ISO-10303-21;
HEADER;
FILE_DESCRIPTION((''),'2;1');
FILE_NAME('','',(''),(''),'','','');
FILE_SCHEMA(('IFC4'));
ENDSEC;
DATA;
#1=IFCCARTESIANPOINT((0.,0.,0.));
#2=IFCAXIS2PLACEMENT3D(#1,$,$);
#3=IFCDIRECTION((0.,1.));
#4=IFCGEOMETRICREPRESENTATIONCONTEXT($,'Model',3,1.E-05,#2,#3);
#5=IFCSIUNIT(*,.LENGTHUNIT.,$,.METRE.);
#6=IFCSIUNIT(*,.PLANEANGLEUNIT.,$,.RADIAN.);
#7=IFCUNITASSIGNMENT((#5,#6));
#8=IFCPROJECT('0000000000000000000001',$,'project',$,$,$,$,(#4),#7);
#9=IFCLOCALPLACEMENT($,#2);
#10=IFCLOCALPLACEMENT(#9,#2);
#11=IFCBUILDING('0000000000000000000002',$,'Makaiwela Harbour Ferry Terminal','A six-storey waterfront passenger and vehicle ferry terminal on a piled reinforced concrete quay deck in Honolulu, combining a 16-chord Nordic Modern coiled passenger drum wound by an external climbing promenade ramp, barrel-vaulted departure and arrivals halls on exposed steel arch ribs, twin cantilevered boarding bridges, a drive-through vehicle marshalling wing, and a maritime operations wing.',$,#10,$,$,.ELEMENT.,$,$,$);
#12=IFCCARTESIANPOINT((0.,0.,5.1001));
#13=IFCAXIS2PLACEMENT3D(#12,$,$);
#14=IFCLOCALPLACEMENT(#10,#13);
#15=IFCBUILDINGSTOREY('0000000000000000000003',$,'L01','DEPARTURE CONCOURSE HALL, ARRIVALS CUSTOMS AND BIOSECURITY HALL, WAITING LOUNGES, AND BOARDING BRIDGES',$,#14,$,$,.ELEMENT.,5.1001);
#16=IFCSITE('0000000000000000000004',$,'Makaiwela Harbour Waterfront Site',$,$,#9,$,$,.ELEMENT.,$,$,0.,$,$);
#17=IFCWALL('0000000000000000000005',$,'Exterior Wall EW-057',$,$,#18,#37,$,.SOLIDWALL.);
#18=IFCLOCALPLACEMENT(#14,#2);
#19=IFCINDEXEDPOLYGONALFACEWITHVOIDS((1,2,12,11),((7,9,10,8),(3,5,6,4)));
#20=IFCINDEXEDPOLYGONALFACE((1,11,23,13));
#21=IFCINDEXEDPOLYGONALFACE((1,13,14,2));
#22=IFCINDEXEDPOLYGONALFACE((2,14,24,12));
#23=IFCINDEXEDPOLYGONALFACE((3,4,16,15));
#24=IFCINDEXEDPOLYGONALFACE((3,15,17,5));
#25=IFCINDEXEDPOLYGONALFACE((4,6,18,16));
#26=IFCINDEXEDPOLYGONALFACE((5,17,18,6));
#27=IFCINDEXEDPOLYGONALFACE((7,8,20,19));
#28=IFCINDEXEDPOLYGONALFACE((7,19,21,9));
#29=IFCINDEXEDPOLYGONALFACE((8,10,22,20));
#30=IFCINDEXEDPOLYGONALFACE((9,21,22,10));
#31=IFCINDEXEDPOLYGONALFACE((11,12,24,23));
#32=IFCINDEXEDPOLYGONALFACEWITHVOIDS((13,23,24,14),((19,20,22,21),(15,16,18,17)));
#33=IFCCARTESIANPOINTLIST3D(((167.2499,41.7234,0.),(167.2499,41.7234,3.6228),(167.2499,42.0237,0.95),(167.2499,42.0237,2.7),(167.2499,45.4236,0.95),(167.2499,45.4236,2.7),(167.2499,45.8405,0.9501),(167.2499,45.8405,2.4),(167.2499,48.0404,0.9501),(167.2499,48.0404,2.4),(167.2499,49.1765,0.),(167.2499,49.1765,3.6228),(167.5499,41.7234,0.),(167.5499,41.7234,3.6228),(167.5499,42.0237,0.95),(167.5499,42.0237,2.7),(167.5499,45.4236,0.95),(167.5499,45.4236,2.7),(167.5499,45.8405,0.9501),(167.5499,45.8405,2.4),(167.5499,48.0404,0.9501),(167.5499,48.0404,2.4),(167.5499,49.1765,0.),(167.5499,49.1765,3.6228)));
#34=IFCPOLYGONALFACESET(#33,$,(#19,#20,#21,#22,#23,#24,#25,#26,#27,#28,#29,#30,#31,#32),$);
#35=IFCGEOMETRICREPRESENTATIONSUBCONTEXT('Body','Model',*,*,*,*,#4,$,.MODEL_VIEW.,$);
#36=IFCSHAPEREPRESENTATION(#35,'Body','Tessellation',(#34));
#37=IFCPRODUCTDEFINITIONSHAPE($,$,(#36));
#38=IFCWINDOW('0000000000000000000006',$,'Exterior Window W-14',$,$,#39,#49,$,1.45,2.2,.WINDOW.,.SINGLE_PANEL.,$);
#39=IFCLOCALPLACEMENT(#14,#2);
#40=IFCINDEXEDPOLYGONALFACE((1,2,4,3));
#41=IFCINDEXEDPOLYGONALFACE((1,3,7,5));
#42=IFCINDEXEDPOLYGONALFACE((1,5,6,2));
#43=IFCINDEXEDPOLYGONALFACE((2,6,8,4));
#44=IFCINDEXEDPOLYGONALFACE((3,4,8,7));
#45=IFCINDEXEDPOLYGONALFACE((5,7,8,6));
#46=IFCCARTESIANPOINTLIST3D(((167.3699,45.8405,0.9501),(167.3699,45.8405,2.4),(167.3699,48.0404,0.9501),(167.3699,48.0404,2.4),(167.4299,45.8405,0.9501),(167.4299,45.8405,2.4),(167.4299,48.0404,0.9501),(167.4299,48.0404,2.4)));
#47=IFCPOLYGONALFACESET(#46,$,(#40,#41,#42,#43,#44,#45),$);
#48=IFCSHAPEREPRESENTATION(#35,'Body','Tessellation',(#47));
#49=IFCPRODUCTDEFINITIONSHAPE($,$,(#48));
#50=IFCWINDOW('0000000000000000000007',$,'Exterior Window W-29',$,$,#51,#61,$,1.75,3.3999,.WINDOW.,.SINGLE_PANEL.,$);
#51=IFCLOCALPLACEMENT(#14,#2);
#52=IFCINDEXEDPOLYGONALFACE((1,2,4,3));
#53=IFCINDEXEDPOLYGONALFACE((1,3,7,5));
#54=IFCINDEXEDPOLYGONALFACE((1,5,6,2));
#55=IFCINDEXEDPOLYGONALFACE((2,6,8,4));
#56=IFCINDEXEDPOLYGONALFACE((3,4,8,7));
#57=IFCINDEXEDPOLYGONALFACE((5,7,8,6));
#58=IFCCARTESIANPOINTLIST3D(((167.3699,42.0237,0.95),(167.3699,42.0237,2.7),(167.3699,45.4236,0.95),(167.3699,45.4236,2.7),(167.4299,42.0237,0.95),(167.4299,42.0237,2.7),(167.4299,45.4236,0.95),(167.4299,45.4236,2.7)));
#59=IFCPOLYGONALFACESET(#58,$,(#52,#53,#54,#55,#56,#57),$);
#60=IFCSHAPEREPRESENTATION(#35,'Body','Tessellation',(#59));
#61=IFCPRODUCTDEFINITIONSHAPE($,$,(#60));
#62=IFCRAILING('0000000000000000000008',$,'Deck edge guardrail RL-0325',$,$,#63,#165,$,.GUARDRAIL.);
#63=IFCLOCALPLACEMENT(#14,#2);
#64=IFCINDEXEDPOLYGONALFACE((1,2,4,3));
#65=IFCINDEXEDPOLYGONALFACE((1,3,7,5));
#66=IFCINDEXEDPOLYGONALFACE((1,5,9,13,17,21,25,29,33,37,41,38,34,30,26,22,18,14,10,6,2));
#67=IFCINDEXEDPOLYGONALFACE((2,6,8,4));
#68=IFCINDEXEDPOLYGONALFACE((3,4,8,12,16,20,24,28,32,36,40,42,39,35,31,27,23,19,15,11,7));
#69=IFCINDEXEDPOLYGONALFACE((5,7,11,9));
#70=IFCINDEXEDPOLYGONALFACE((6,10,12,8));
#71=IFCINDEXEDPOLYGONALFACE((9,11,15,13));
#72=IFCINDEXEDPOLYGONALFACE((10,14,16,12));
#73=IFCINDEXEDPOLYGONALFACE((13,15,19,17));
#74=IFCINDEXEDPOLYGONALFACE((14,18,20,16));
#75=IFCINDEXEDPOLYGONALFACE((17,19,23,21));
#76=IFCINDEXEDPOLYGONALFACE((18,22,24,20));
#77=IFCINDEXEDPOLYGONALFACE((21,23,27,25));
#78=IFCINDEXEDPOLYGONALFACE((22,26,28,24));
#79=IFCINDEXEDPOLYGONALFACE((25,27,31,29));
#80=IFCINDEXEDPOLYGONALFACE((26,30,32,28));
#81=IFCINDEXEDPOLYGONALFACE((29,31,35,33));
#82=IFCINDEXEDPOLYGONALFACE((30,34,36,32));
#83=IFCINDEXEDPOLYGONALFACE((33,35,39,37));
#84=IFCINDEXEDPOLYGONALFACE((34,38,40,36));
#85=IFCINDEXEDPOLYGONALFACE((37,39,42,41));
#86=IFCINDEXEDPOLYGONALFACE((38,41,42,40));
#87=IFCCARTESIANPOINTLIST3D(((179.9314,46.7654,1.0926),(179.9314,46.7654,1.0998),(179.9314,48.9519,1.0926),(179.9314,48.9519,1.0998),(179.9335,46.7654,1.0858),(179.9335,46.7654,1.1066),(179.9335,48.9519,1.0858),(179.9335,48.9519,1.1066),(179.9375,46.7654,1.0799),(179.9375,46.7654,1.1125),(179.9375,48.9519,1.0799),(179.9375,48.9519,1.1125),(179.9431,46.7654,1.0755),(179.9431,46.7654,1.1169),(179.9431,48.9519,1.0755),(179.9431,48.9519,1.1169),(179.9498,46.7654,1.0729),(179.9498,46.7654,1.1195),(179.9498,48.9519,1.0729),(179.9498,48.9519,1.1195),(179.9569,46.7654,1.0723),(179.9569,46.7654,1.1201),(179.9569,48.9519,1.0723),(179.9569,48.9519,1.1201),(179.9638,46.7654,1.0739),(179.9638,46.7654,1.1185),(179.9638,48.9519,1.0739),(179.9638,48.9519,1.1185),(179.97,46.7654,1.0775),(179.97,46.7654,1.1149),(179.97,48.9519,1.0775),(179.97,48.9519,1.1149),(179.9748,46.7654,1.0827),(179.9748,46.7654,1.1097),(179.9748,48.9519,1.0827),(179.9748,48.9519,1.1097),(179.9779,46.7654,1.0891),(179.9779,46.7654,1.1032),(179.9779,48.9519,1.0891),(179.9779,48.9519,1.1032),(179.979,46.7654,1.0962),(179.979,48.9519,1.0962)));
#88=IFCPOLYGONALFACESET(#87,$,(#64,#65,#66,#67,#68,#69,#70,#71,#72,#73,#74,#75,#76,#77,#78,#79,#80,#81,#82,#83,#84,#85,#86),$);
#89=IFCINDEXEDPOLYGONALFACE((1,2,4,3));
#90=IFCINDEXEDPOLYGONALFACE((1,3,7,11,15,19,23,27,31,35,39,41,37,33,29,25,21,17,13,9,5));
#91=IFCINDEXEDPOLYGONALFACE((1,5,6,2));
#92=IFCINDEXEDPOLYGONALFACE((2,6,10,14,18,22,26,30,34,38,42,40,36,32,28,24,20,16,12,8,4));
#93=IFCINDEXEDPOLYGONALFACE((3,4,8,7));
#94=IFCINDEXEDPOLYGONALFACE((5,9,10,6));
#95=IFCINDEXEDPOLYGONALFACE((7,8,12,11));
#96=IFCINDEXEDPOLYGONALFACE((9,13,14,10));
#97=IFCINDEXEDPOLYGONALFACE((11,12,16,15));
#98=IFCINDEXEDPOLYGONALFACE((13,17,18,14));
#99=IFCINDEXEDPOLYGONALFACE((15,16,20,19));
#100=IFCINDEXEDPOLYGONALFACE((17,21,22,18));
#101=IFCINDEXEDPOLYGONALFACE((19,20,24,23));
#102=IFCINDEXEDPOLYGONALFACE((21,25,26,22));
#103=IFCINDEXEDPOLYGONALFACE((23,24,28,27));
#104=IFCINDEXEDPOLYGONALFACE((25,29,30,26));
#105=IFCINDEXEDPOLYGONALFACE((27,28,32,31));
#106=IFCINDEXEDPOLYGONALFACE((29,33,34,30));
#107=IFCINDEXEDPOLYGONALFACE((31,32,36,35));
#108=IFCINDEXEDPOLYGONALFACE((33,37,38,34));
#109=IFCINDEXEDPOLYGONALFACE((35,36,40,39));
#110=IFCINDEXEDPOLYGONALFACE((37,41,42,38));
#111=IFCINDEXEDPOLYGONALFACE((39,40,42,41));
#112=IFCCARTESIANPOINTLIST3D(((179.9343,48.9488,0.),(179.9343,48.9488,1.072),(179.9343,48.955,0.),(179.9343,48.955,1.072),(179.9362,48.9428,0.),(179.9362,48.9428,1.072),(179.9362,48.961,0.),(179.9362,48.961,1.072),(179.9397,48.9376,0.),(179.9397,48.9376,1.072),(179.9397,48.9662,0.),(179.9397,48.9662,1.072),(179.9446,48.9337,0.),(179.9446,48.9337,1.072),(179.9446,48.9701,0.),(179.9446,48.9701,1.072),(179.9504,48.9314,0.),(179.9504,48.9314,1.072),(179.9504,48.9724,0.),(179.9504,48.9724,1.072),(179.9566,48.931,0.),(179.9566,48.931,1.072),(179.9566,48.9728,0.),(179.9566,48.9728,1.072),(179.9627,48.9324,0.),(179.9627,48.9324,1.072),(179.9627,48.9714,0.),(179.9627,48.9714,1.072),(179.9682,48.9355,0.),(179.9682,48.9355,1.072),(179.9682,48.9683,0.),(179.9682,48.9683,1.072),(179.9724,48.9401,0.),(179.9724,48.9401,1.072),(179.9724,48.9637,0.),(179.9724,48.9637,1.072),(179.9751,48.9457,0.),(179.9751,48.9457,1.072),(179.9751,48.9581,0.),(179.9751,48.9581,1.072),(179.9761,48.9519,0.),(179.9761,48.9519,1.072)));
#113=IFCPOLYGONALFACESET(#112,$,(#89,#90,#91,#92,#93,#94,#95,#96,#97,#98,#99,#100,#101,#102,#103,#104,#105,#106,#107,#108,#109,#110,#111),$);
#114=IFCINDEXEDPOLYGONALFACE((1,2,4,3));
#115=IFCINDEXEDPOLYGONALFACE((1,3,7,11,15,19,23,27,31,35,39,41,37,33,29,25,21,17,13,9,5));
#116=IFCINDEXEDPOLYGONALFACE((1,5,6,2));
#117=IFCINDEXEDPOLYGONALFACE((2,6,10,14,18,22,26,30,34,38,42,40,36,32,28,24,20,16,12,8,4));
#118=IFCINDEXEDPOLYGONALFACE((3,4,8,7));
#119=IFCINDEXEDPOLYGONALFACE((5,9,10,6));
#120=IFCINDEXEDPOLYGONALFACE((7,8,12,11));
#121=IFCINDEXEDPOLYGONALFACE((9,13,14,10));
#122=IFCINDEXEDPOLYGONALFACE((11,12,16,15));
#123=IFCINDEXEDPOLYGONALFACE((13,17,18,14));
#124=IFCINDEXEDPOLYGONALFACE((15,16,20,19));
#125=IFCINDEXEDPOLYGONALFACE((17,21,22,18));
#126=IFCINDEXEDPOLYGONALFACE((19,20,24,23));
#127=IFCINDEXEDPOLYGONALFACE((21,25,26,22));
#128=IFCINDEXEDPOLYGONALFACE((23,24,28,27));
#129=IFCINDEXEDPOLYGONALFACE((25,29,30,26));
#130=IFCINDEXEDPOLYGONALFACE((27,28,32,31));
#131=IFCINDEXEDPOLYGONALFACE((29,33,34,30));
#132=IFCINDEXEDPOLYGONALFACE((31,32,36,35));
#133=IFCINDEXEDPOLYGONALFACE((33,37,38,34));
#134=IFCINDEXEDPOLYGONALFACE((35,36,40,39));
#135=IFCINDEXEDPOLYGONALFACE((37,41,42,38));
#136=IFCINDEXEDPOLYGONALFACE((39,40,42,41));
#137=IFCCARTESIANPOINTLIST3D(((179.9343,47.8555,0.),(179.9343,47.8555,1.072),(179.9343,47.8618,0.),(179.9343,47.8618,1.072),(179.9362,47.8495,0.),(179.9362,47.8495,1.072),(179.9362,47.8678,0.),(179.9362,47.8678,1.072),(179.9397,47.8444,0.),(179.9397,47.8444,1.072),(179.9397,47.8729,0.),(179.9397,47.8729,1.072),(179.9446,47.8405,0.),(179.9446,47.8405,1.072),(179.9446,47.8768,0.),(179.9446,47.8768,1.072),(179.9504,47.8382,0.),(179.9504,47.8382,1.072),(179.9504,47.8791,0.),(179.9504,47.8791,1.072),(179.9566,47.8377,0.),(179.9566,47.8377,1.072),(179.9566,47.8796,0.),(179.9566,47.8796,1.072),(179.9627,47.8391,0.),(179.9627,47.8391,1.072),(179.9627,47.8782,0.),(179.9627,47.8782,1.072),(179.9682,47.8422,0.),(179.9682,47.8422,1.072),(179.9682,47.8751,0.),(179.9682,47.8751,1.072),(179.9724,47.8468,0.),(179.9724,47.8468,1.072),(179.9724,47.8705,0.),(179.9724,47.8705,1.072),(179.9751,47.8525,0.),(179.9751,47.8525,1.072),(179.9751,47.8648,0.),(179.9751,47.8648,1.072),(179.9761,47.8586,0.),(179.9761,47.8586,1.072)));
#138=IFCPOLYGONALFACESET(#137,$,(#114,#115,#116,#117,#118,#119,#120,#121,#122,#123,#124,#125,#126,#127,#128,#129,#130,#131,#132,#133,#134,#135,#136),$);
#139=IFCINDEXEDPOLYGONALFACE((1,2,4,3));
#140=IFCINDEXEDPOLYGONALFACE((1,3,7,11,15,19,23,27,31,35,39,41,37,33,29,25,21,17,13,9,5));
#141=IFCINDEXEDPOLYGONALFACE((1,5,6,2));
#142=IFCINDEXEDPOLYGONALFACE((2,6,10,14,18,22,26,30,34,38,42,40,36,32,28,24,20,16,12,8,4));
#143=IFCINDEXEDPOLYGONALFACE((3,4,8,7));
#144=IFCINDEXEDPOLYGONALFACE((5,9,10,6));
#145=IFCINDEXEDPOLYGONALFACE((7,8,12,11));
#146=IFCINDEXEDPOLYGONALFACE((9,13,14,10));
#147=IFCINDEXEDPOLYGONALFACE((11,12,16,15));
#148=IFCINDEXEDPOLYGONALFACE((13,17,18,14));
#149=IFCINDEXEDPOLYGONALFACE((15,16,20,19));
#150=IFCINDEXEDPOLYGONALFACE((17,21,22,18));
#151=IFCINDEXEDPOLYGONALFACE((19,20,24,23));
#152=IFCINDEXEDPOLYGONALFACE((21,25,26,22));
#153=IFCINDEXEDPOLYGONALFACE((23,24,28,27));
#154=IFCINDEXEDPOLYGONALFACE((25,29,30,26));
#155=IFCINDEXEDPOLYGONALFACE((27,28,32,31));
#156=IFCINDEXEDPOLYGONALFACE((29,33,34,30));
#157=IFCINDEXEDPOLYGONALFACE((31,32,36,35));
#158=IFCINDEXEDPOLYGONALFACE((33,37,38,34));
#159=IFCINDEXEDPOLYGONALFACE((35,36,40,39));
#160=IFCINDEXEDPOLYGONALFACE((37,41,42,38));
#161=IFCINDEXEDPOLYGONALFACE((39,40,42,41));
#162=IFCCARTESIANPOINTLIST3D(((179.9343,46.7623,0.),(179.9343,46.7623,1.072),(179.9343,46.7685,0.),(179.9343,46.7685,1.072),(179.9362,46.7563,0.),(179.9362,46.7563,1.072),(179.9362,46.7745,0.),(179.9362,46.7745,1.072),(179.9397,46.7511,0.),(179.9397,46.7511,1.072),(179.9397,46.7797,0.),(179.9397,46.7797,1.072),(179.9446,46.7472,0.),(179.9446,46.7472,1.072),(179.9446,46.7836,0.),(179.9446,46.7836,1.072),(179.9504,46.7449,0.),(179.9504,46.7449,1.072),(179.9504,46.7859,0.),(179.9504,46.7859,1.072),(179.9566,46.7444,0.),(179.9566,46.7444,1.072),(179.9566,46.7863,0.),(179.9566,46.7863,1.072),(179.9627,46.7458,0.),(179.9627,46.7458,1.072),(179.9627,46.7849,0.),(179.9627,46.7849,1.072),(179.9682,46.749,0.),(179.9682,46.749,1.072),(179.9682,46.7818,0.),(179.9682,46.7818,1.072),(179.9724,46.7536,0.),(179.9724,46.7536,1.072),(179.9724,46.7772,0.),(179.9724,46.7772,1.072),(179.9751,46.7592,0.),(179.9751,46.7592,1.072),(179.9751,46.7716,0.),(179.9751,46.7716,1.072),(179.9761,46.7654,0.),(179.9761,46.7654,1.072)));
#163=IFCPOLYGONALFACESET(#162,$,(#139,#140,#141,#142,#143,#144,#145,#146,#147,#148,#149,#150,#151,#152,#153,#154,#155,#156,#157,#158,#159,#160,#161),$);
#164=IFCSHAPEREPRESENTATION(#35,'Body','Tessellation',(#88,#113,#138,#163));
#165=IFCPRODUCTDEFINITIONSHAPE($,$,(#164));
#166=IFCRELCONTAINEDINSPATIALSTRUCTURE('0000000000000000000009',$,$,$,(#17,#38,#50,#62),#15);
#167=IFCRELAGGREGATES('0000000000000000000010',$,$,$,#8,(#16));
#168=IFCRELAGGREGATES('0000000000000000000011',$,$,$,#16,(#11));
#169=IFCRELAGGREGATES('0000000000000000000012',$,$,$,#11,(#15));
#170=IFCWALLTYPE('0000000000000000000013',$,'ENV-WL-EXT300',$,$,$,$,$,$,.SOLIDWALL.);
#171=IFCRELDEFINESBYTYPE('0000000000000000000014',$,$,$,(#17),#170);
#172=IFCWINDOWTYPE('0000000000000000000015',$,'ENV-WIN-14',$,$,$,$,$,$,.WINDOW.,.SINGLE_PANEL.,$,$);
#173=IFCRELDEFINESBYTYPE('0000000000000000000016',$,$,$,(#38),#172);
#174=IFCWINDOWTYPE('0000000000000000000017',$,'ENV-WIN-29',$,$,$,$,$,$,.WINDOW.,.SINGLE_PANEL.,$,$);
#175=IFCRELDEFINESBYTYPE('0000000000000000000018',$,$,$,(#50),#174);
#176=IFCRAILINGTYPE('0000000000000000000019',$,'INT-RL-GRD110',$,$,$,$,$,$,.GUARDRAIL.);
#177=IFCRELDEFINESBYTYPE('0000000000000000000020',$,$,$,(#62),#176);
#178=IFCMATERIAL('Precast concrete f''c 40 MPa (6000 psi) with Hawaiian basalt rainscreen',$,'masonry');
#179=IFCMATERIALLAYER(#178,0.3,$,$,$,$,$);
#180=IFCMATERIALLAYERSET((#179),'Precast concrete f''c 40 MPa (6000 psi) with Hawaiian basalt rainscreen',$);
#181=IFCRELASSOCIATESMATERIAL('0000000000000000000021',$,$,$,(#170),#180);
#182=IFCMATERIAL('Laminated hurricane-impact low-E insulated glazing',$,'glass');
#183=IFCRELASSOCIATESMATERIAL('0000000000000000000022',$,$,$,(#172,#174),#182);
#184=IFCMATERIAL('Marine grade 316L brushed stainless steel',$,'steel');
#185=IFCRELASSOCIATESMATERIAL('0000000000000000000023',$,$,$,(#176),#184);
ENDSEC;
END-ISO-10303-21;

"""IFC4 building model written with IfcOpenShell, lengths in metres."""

from ifc_helpers import new_model, si_unit, direction, frame, frame_2d, origin, origin_2d, place, context, subcontext, project, spatial, rectangle, circle, extrude, material, layer, layer_set, type_object, element, fill, save


model = new_model("IFC4")

# Units and contexts
model_context = context("Model", 3, precision=1e-05, world=origin(), true_north=direction((0.0, 1.0)))
body_context = subcontext(model_context, "Body", "Model", "MODEL_VIEW")
ifc_project = project(units=[si_unit("LENGTHUNIT", "METRE"), si_unit("PLANEANGLEUNIT", "RADIAN")], contexts=[model_context])

# Site, building, storey
site_placement = place(None, origin())
site = spatial("IfcSite", under=ifc_project, at=site_placement, Name="Makaiwela Harbour Waterfront Site", CompositionType="ELEMENT", RefElevation=0.0)
building_placement = place(site_placement, origin())
building = spatial("IfcBuilding", under=site, at=building_placement, Name="Makaiwela Harbour Ferry Terminal", Description="A six-storey waterfront passenger and vehicle ferry terminal on a piled reinforced concrete quay deck in Honolulu, combining a 16-chord Nordic Modern coiled passenger drum wound by an external climbing promenade ramp, barrel-vaulted departure and arrivals halls on exposed steel arch ribs, twin cantilevered boarding bridges, a drive-through vehicle marshalling wing, and a maritime operations wing.", CompositionType="ELEMENT")
storey_placement = place(building_placement, frame((0.0, 0.0, 5.1001)))
storey = spatial("IfcBuildingStorey", under=building, at=storey_placement, Name="L01", Description="DEPARTURE CONCOURSE HALL, ARRIVALS CUSTOMS AND BIOSECURITY HALL, WAITING LOUNGES, AND BOARDING BRIDGES", CompositionType="ELEMENT", Elevation=5.1001)

# Shared definitions
ifc_material_1 = material(Name="Precast concrete f'c 40 MPa (6000 psi) with Hawaiian basalt rainscreen", Category="masonry")
ifc_layer = layer(ifc_material_1, 0.3)
ifc_layer_set = layer_set([ifc_layer], Name="Precast concrete f'c 40 MPa (6000 psi) with Hawaiian basalt rainscreen")
wall_type = type_object("IfcWallType", Name="ENV-WL-EXT300", PredefinedType="SOLIDWALL", material=ifc_layer_set)
ifc_material_2 = material(Name="Laminated hurricane-impact low-E insulated glazing", Category="glass")

# Wall, openings, windows
wall_1_placement = place(storey_placement, frame((167.3999, 49.1765, 0.0), z_axis=(0.0, 0.0, 1.0), x_axis=(0.0, -1.0, 0.0)))
wall_1 = element("IfcWall", 1, at=wall_1_placement, inside=storey, type_object=wall_type, Name="Exterior Wall EW-057", PredefinedType="SOLIDWALL", context=body_context, shape_type="SweptSolid", body=[
    extrude(rectangle(XDim=7.4531, YDim=0.3, at=frame_2d((3.7266, 0.0))), origin(), (0.0, 0.0, 1.0), 3.6228),
])
opening_1_placement = place(wall_1_placement, frame((1.136, 0.0, 0.95)))
opening_1 = element("IfcOpeningElement", 2, at=opening_1_placement, cuts=wall_1, PredefinedType="OPENING", context=body_context, shape_type="SweptSolid", body=[
    extrude(rectangle(XDim=2.2, YDim=1.45, at=frame_2d((1.1001, 0.7251))), frame((0.0, 0.1599, 0.0), z_axis=(0.0, -1.0, 0.0), x_axis=(1.0, 0.0, 0.0)), (0.0, 0.0, 1.0), 0.3201),
])
opening_2_placement = place(wall_1_placement, frame((3.7529, 0.0, 0.95)))
opening_2 = element("IfcOpeningElement", 3, at=opening_2_placement, cuts=wall_1, PredefinedType="OPENING", context=body_context, shape_type="SweptSolid", body=[
    extrude(rectangle(XDim=3.3999, YDim=1.75, at=frame_2d((1.7, 0.875))), frame((0.0, 0.1599, 0.0), z_axis=(0.0, -1.0, 0.0), x_axis=(1.0, 0.0, 0.0)), (0.0, 0.0, 1.0), 0.3201),
])
window_type_1 = type_object("IfcWindowType", Name="ENV-WIN-14", PartitioningType="SINGLE_PANEL", PredefinedType="WINDOW", material=ifc_material_2)
window_1_placement = place(opening_1_placement, origin())
window_1 = element("IfcWindow", 4, at=window_1_placement, inside=storey, type_object=window_type_1, Name="Exterior Window W-14", OverallHeight=1.45, OverallWidth=2.2, PartitioningType="SINGLE_PANEL", PredefinedType="WINDOW", context=body_context, shape_type="SweptSolid", body=[
    extrude(rectangle(XDim=2.2, YDim=1.45, at=frame_2d((1.1001, 0.7251))), frame((0.0, 0.03, 0.0), z_axis=(0.0, -1.0, 0.0), x_axis=(1.0, 0.0, 0.0)), (0.0, 0.0, 1.0), 0.0601),
])
fill(opening_1, window_1)
window_type_2 = type_object("IfcWindowType", Name="ENV-WIN-29", PartitioningType="SINGLE_PANEL", PredefinedType="WINDOW", material=ifc_material_2)
window_2_placement = place(opening_2_placement, origin())
window_2 = element("IfcWindow", 5, at=window_2_placement, inside=storey, type_object=window_type_2, Name="Exterior Window W-29", OverallHeight=1.75, OverallWidth=3.3999, PartitioningType="SINGLE_PANEL", PredefinedType="WINDOW", context=body_context, shape_type="SweptSolid", body=[
    extrude(rectangle(XDim=3.3999, YDim=1.75, at=frame_2d((1.7, 0.875))), frame((0.0, 0.03, 0.0), z_axis=(0.0, -1.0, 0.0), x_axis=(1.0, 0.0, 0.0)), (0.0, 0.0, 1.0), 0.0601),
])
fill(opening_2, window_2)

# Railing
ifc_material_3 = material(Name="Marine grade 316L brushed stainless steel", Category="steel")
railing_type = type_object("IfcRailingType", Name="INT-RL-GRD110", PredefinedType="GUARDRAIL", material=ifc_material_3)
railing_1_placement = place(storey_placement, frame((179.9551, 48.9519, 0.0)))
element("IfcRailing", 6, at=railing_1_placement, inside=storey, type_object=railing_type, Name="Deck edge guardrail RL-0325", PredefinedType="GUARDRAIL", context=body_context, shape_type="SweptSolid", body=[
    extrude(circle(Radius=0.0239, at=origin_2d()), frame((0.0, 0.0, 1.0962), z_axis=(0.0, -1.0, 0.0), x_axis=(1.0, 0.0, 0.0)), (0.0, 0.0, 1.0), 2.1865),
    extrude(circle(Radius=0.021, at=origin_2d()), origin(), (0.0, 0.0, 1.0), 1.072),
    extrude(circle(Radius=0.021, at=origin_2d()), frame((0.0, -1.0933, 0.0)), (0.0, 0.0, 1.0), 1.072),
    extrude(circle(Radius=0.021, at=origin_2d()), frame((0.0, -2.1865, 0.0)), (0.0, 0.0, 1.0), 1.072),
])

save(model, "model.ifc")
